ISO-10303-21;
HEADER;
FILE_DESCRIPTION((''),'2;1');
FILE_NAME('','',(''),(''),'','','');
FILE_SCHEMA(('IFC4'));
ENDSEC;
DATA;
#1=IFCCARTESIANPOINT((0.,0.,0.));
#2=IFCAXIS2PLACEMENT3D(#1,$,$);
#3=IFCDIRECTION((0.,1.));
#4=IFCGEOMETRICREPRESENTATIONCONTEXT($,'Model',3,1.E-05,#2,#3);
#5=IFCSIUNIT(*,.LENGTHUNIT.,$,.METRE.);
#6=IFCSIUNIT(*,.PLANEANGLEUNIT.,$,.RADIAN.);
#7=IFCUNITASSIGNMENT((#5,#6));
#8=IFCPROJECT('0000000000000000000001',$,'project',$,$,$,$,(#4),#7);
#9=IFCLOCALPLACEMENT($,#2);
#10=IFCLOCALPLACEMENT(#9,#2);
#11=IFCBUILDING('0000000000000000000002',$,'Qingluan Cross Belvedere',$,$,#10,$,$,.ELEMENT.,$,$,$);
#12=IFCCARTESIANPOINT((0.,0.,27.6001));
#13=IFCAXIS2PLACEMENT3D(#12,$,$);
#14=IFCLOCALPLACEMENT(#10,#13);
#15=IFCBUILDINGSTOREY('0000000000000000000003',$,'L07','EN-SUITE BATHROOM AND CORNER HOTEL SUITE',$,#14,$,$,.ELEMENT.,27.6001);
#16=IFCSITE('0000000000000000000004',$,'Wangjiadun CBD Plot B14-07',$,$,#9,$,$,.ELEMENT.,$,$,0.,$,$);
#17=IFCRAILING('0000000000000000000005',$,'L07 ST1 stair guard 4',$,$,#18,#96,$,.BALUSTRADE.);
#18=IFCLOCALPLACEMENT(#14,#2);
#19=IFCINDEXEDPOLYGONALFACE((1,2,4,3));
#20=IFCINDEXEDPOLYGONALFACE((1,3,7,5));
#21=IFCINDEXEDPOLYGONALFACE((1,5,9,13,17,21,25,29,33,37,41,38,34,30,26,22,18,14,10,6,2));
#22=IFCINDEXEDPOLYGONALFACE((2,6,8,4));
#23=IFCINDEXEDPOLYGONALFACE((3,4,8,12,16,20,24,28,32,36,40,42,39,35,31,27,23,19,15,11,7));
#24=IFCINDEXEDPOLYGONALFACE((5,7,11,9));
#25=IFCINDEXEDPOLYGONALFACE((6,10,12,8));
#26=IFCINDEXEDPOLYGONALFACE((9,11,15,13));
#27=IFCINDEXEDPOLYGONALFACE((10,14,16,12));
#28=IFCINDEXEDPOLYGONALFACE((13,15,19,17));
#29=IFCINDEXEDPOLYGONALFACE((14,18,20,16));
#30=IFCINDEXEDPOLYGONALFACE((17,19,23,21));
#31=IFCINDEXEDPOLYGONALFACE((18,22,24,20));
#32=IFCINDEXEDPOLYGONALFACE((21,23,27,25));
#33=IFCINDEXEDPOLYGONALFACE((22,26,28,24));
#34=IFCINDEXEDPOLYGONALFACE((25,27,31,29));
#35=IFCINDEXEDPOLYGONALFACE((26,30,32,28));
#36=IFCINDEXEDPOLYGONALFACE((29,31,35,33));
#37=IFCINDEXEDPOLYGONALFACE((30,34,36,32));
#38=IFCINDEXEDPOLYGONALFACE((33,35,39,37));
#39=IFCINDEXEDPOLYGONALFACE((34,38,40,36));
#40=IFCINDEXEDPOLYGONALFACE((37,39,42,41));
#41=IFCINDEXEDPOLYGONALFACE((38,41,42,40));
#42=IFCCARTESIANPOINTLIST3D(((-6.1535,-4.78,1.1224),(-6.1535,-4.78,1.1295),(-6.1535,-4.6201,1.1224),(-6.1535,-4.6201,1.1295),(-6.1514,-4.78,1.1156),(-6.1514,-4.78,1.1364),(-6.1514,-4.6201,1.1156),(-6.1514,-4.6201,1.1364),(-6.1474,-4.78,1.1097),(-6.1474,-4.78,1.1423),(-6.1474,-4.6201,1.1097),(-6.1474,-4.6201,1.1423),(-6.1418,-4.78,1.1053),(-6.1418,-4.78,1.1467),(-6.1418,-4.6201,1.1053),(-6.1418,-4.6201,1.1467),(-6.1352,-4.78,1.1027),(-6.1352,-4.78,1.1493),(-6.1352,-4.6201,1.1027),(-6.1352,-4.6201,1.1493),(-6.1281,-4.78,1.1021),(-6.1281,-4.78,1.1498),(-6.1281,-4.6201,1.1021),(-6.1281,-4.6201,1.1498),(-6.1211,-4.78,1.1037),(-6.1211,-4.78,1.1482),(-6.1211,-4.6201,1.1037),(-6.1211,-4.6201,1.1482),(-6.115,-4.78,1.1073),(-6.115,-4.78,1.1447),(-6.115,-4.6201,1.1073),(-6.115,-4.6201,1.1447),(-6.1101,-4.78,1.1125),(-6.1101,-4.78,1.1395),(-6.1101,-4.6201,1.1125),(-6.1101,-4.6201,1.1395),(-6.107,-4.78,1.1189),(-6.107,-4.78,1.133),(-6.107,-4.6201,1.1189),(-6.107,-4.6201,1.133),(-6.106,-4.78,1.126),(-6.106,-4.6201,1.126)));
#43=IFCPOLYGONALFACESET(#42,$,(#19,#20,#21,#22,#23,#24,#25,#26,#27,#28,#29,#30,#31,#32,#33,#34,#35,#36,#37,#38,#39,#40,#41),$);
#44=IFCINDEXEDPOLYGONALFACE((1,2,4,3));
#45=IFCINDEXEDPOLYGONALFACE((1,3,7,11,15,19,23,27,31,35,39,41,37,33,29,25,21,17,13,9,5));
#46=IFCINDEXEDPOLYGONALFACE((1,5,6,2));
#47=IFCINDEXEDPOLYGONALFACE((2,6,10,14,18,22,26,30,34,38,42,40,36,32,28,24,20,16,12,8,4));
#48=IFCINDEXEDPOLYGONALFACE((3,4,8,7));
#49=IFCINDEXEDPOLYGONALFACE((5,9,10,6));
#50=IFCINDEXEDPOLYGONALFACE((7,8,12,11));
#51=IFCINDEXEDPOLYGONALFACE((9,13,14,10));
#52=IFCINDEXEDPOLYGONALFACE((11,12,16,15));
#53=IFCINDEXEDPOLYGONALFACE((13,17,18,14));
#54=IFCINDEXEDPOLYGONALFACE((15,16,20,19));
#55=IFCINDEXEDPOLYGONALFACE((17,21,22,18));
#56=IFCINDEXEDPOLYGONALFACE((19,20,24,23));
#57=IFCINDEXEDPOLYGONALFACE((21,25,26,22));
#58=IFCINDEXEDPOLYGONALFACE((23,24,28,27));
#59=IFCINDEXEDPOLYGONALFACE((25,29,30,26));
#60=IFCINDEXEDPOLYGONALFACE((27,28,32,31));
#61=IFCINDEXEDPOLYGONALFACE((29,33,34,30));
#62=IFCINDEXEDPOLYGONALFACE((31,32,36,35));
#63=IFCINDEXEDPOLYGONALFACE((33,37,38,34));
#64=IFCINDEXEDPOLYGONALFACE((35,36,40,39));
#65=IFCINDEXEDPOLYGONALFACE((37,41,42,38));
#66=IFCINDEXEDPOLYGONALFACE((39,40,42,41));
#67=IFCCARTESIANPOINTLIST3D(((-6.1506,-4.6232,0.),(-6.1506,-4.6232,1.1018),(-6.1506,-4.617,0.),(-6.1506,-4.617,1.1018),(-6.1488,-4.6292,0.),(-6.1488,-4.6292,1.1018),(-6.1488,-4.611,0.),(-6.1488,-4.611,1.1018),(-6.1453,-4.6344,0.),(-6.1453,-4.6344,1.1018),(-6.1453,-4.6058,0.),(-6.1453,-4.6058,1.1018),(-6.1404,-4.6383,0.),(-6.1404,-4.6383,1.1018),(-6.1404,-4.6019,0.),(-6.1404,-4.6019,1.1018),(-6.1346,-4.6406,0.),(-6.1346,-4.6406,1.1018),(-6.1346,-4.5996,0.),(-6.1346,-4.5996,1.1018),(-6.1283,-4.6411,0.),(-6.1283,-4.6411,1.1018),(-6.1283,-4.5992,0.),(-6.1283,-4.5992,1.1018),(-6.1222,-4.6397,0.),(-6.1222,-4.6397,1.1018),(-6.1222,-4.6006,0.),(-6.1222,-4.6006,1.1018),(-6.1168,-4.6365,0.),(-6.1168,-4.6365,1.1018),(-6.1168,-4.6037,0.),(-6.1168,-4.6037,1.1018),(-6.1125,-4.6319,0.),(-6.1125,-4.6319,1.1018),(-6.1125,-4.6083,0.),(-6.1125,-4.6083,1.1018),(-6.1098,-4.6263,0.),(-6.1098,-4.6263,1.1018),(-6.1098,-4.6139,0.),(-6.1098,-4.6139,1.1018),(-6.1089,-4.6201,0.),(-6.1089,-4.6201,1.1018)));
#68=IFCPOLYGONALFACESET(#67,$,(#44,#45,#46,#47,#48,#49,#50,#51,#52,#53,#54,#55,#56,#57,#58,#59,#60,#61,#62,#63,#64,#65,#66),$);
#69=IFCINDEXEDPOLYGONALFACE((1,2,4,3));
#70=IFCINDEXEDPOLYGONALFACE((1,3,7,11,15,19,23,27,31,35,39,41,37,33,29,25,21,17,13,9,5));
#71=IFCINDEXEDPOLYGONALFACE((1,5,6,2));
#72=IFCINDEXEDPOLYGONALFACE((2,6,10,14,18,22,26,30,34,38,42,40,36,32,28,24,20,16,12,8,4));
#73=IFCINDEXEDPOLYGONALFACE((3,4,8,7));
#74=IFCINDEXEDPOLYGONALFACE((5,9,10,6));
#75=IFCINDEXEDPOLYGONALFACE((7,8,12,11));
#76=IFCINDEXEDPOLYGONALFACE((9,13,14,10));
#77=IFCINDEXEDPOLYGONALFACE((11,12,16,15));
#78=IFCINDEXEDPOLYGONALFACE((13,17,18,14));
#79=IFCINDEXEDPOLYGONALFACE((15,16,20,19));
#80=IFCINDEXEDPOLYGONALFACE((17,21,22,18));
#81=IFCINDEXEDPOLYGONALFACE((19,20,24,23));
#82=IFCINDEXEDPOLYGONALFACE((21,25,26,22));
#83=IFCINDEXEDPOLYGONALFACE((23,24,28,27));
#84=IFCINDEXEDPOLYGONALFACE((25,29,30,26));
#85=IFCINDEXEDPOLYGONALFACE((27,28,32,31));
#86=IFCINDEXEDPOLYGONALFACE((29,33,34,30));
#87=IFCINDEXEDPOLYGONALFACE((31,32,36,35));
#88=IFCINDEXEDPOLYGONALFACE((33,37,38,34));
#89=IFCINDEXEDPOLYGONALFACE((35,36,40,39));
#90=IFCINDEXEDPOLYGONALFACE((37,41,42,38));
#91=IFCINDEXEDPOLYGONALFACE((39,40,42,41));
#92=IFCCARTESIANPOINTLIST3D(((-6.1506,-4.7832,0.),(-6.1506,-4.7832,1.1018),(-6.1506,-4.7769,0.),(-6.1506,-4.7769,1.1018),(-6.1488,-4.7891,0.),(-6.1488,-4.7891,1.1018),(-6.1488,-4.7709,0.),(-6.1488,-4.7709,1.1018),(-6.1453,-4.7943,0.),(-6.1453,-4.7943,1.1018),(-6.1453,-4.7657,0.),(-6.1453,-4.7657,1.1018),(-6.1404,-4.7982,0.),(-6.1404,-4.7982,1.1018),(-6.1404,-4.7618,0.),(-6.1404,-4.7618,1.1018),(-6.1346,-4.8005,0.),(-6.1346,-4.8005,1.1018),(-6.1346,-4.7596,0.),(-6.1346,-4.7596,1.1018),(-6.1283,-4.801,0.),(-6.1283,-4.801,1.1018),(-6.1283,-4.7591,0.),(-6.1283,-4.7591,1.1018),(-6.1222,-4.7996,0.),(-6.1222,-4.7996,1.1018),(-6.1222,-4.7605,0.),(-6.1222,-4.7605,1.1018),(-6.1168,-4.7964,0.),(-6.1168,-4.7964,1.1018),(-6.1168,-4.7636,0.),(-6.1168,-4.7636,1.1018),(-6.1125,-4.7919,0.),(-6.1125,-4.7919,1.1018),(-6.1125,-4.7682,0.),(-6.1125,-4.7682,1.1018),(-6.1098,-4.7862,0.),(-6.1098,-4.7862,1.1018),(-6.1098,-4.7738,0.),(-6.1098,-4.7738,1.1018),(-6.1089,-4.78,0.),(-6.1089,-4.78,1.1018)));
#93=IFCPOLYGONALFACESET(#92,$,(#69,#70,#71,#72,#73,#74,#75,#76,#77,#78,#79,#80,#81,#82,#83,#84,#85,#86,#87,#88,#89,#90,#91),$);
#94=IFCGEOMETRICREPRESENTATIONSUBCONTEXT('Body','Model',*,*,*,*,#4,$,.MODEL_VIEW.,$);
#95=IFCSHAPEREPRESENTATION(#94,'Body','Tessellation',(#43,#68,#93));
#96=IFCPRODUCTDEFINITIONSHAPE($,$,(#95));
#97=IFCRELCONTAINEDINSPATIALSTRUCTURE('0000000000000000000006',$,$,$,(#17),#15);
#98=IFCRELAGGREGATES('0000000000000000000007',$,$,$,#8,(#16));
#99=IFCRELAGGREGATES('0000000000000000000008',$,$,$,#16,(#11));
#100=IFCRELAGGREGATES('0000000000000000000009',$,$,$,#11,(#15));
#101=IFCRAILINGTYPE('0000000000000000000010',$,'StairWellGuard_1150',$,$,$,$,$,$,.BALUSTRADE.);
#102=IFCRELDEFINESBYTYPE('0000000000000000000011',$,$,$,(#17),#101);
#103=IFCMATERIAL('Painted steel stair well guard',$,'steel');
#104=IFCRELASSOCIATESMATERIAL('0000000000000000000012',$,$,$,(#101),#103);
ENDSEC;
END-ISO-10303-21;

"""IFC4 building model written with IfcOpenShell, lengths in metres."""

from ifc_helpers import new_model, si_unit, direction, frame, origin, origin_2d, place, context, subcontext, project, spatial, circle, extrude, material, type_object, element, save


model = new_model("IFC4")

# Units and contexts
model_context = context("Model", 3, precision=1e-05, world=origin(), true_north=direction((0.0, 1.0)))
body_context = subcontext(model_context, "Body", "Model", "MODEL_VIEW")
ifc_project = project(units=[si_unit("LENGTHUNIT", "METRE"), si_unit("PLANEANGLEUNIT", "RADIAN")], contexts=[model_context])

# Site, building, storey
site_placement = place(None, origin())
site = spatial("IfcSite", under=ifc_project, at=site_placement, Name="Wangjiadun CBD Plot B14-07", CompositionType="ELEMENT", RefElevation=0.0)
building_placement = place(site_placement, origin())
building = spatial("IfcBuilding", under=site, at=building_placement, Name="Qingluan Cross Belvedere", CompositionType="ELEMENT")
storey_placement = place(building_placement, frame((0.0, 0.0, 27.6001)))
storey = spatial("IfcBuildingStorey", under=building, at=storey_placement, Name="L07", Description="EN-SUITE BATHROOM AND CORNER HOTEL SUITE", CompositionType="ELEMENT", Elevation=27.6001)

# Railing
ifc_material_1 = material(Name="Painted steel stair well guard", Category="steel")
railing_type_1 = type_object("IfcRailingType", Name="StairWellGuard_1150", PredefinedType="BALUSTRADE", material=ifc_material_1)
railing_1_placement = place(storey_placement, frame((-6.1299, -4.6201, 0.0)))
element("IfcRailing", 1, at=railing_1_placement, inside=storey, type_object=railing_type_1, Name="L07 ST1 stair guard 4", PredefinedType="BALUSTRADE", context=body_context, shape_type="SweptSolid", body=[
    extrude(circle(Radius=0.0239, at=origin_2d()), frame((0.0, 0.0, 1.126), z_axis=(0.0, -1.0, 0.0), x_axis=(1.0, 0.0, 0.0)), (0.0, 0.0, 1.0), 0.1599),
    extrude(circle(Radius=0.021, at=origin_2d()), origin(), (0.0, 0.0, 1.0), 1.1018),
    extrude(circle(Radius=0.021, at=origin_2d()), frame((0.0, -0.1599, 0.0)), (0.0, 0.0, 1.0), 1.1018),
])

save(model, "model.ifc")
